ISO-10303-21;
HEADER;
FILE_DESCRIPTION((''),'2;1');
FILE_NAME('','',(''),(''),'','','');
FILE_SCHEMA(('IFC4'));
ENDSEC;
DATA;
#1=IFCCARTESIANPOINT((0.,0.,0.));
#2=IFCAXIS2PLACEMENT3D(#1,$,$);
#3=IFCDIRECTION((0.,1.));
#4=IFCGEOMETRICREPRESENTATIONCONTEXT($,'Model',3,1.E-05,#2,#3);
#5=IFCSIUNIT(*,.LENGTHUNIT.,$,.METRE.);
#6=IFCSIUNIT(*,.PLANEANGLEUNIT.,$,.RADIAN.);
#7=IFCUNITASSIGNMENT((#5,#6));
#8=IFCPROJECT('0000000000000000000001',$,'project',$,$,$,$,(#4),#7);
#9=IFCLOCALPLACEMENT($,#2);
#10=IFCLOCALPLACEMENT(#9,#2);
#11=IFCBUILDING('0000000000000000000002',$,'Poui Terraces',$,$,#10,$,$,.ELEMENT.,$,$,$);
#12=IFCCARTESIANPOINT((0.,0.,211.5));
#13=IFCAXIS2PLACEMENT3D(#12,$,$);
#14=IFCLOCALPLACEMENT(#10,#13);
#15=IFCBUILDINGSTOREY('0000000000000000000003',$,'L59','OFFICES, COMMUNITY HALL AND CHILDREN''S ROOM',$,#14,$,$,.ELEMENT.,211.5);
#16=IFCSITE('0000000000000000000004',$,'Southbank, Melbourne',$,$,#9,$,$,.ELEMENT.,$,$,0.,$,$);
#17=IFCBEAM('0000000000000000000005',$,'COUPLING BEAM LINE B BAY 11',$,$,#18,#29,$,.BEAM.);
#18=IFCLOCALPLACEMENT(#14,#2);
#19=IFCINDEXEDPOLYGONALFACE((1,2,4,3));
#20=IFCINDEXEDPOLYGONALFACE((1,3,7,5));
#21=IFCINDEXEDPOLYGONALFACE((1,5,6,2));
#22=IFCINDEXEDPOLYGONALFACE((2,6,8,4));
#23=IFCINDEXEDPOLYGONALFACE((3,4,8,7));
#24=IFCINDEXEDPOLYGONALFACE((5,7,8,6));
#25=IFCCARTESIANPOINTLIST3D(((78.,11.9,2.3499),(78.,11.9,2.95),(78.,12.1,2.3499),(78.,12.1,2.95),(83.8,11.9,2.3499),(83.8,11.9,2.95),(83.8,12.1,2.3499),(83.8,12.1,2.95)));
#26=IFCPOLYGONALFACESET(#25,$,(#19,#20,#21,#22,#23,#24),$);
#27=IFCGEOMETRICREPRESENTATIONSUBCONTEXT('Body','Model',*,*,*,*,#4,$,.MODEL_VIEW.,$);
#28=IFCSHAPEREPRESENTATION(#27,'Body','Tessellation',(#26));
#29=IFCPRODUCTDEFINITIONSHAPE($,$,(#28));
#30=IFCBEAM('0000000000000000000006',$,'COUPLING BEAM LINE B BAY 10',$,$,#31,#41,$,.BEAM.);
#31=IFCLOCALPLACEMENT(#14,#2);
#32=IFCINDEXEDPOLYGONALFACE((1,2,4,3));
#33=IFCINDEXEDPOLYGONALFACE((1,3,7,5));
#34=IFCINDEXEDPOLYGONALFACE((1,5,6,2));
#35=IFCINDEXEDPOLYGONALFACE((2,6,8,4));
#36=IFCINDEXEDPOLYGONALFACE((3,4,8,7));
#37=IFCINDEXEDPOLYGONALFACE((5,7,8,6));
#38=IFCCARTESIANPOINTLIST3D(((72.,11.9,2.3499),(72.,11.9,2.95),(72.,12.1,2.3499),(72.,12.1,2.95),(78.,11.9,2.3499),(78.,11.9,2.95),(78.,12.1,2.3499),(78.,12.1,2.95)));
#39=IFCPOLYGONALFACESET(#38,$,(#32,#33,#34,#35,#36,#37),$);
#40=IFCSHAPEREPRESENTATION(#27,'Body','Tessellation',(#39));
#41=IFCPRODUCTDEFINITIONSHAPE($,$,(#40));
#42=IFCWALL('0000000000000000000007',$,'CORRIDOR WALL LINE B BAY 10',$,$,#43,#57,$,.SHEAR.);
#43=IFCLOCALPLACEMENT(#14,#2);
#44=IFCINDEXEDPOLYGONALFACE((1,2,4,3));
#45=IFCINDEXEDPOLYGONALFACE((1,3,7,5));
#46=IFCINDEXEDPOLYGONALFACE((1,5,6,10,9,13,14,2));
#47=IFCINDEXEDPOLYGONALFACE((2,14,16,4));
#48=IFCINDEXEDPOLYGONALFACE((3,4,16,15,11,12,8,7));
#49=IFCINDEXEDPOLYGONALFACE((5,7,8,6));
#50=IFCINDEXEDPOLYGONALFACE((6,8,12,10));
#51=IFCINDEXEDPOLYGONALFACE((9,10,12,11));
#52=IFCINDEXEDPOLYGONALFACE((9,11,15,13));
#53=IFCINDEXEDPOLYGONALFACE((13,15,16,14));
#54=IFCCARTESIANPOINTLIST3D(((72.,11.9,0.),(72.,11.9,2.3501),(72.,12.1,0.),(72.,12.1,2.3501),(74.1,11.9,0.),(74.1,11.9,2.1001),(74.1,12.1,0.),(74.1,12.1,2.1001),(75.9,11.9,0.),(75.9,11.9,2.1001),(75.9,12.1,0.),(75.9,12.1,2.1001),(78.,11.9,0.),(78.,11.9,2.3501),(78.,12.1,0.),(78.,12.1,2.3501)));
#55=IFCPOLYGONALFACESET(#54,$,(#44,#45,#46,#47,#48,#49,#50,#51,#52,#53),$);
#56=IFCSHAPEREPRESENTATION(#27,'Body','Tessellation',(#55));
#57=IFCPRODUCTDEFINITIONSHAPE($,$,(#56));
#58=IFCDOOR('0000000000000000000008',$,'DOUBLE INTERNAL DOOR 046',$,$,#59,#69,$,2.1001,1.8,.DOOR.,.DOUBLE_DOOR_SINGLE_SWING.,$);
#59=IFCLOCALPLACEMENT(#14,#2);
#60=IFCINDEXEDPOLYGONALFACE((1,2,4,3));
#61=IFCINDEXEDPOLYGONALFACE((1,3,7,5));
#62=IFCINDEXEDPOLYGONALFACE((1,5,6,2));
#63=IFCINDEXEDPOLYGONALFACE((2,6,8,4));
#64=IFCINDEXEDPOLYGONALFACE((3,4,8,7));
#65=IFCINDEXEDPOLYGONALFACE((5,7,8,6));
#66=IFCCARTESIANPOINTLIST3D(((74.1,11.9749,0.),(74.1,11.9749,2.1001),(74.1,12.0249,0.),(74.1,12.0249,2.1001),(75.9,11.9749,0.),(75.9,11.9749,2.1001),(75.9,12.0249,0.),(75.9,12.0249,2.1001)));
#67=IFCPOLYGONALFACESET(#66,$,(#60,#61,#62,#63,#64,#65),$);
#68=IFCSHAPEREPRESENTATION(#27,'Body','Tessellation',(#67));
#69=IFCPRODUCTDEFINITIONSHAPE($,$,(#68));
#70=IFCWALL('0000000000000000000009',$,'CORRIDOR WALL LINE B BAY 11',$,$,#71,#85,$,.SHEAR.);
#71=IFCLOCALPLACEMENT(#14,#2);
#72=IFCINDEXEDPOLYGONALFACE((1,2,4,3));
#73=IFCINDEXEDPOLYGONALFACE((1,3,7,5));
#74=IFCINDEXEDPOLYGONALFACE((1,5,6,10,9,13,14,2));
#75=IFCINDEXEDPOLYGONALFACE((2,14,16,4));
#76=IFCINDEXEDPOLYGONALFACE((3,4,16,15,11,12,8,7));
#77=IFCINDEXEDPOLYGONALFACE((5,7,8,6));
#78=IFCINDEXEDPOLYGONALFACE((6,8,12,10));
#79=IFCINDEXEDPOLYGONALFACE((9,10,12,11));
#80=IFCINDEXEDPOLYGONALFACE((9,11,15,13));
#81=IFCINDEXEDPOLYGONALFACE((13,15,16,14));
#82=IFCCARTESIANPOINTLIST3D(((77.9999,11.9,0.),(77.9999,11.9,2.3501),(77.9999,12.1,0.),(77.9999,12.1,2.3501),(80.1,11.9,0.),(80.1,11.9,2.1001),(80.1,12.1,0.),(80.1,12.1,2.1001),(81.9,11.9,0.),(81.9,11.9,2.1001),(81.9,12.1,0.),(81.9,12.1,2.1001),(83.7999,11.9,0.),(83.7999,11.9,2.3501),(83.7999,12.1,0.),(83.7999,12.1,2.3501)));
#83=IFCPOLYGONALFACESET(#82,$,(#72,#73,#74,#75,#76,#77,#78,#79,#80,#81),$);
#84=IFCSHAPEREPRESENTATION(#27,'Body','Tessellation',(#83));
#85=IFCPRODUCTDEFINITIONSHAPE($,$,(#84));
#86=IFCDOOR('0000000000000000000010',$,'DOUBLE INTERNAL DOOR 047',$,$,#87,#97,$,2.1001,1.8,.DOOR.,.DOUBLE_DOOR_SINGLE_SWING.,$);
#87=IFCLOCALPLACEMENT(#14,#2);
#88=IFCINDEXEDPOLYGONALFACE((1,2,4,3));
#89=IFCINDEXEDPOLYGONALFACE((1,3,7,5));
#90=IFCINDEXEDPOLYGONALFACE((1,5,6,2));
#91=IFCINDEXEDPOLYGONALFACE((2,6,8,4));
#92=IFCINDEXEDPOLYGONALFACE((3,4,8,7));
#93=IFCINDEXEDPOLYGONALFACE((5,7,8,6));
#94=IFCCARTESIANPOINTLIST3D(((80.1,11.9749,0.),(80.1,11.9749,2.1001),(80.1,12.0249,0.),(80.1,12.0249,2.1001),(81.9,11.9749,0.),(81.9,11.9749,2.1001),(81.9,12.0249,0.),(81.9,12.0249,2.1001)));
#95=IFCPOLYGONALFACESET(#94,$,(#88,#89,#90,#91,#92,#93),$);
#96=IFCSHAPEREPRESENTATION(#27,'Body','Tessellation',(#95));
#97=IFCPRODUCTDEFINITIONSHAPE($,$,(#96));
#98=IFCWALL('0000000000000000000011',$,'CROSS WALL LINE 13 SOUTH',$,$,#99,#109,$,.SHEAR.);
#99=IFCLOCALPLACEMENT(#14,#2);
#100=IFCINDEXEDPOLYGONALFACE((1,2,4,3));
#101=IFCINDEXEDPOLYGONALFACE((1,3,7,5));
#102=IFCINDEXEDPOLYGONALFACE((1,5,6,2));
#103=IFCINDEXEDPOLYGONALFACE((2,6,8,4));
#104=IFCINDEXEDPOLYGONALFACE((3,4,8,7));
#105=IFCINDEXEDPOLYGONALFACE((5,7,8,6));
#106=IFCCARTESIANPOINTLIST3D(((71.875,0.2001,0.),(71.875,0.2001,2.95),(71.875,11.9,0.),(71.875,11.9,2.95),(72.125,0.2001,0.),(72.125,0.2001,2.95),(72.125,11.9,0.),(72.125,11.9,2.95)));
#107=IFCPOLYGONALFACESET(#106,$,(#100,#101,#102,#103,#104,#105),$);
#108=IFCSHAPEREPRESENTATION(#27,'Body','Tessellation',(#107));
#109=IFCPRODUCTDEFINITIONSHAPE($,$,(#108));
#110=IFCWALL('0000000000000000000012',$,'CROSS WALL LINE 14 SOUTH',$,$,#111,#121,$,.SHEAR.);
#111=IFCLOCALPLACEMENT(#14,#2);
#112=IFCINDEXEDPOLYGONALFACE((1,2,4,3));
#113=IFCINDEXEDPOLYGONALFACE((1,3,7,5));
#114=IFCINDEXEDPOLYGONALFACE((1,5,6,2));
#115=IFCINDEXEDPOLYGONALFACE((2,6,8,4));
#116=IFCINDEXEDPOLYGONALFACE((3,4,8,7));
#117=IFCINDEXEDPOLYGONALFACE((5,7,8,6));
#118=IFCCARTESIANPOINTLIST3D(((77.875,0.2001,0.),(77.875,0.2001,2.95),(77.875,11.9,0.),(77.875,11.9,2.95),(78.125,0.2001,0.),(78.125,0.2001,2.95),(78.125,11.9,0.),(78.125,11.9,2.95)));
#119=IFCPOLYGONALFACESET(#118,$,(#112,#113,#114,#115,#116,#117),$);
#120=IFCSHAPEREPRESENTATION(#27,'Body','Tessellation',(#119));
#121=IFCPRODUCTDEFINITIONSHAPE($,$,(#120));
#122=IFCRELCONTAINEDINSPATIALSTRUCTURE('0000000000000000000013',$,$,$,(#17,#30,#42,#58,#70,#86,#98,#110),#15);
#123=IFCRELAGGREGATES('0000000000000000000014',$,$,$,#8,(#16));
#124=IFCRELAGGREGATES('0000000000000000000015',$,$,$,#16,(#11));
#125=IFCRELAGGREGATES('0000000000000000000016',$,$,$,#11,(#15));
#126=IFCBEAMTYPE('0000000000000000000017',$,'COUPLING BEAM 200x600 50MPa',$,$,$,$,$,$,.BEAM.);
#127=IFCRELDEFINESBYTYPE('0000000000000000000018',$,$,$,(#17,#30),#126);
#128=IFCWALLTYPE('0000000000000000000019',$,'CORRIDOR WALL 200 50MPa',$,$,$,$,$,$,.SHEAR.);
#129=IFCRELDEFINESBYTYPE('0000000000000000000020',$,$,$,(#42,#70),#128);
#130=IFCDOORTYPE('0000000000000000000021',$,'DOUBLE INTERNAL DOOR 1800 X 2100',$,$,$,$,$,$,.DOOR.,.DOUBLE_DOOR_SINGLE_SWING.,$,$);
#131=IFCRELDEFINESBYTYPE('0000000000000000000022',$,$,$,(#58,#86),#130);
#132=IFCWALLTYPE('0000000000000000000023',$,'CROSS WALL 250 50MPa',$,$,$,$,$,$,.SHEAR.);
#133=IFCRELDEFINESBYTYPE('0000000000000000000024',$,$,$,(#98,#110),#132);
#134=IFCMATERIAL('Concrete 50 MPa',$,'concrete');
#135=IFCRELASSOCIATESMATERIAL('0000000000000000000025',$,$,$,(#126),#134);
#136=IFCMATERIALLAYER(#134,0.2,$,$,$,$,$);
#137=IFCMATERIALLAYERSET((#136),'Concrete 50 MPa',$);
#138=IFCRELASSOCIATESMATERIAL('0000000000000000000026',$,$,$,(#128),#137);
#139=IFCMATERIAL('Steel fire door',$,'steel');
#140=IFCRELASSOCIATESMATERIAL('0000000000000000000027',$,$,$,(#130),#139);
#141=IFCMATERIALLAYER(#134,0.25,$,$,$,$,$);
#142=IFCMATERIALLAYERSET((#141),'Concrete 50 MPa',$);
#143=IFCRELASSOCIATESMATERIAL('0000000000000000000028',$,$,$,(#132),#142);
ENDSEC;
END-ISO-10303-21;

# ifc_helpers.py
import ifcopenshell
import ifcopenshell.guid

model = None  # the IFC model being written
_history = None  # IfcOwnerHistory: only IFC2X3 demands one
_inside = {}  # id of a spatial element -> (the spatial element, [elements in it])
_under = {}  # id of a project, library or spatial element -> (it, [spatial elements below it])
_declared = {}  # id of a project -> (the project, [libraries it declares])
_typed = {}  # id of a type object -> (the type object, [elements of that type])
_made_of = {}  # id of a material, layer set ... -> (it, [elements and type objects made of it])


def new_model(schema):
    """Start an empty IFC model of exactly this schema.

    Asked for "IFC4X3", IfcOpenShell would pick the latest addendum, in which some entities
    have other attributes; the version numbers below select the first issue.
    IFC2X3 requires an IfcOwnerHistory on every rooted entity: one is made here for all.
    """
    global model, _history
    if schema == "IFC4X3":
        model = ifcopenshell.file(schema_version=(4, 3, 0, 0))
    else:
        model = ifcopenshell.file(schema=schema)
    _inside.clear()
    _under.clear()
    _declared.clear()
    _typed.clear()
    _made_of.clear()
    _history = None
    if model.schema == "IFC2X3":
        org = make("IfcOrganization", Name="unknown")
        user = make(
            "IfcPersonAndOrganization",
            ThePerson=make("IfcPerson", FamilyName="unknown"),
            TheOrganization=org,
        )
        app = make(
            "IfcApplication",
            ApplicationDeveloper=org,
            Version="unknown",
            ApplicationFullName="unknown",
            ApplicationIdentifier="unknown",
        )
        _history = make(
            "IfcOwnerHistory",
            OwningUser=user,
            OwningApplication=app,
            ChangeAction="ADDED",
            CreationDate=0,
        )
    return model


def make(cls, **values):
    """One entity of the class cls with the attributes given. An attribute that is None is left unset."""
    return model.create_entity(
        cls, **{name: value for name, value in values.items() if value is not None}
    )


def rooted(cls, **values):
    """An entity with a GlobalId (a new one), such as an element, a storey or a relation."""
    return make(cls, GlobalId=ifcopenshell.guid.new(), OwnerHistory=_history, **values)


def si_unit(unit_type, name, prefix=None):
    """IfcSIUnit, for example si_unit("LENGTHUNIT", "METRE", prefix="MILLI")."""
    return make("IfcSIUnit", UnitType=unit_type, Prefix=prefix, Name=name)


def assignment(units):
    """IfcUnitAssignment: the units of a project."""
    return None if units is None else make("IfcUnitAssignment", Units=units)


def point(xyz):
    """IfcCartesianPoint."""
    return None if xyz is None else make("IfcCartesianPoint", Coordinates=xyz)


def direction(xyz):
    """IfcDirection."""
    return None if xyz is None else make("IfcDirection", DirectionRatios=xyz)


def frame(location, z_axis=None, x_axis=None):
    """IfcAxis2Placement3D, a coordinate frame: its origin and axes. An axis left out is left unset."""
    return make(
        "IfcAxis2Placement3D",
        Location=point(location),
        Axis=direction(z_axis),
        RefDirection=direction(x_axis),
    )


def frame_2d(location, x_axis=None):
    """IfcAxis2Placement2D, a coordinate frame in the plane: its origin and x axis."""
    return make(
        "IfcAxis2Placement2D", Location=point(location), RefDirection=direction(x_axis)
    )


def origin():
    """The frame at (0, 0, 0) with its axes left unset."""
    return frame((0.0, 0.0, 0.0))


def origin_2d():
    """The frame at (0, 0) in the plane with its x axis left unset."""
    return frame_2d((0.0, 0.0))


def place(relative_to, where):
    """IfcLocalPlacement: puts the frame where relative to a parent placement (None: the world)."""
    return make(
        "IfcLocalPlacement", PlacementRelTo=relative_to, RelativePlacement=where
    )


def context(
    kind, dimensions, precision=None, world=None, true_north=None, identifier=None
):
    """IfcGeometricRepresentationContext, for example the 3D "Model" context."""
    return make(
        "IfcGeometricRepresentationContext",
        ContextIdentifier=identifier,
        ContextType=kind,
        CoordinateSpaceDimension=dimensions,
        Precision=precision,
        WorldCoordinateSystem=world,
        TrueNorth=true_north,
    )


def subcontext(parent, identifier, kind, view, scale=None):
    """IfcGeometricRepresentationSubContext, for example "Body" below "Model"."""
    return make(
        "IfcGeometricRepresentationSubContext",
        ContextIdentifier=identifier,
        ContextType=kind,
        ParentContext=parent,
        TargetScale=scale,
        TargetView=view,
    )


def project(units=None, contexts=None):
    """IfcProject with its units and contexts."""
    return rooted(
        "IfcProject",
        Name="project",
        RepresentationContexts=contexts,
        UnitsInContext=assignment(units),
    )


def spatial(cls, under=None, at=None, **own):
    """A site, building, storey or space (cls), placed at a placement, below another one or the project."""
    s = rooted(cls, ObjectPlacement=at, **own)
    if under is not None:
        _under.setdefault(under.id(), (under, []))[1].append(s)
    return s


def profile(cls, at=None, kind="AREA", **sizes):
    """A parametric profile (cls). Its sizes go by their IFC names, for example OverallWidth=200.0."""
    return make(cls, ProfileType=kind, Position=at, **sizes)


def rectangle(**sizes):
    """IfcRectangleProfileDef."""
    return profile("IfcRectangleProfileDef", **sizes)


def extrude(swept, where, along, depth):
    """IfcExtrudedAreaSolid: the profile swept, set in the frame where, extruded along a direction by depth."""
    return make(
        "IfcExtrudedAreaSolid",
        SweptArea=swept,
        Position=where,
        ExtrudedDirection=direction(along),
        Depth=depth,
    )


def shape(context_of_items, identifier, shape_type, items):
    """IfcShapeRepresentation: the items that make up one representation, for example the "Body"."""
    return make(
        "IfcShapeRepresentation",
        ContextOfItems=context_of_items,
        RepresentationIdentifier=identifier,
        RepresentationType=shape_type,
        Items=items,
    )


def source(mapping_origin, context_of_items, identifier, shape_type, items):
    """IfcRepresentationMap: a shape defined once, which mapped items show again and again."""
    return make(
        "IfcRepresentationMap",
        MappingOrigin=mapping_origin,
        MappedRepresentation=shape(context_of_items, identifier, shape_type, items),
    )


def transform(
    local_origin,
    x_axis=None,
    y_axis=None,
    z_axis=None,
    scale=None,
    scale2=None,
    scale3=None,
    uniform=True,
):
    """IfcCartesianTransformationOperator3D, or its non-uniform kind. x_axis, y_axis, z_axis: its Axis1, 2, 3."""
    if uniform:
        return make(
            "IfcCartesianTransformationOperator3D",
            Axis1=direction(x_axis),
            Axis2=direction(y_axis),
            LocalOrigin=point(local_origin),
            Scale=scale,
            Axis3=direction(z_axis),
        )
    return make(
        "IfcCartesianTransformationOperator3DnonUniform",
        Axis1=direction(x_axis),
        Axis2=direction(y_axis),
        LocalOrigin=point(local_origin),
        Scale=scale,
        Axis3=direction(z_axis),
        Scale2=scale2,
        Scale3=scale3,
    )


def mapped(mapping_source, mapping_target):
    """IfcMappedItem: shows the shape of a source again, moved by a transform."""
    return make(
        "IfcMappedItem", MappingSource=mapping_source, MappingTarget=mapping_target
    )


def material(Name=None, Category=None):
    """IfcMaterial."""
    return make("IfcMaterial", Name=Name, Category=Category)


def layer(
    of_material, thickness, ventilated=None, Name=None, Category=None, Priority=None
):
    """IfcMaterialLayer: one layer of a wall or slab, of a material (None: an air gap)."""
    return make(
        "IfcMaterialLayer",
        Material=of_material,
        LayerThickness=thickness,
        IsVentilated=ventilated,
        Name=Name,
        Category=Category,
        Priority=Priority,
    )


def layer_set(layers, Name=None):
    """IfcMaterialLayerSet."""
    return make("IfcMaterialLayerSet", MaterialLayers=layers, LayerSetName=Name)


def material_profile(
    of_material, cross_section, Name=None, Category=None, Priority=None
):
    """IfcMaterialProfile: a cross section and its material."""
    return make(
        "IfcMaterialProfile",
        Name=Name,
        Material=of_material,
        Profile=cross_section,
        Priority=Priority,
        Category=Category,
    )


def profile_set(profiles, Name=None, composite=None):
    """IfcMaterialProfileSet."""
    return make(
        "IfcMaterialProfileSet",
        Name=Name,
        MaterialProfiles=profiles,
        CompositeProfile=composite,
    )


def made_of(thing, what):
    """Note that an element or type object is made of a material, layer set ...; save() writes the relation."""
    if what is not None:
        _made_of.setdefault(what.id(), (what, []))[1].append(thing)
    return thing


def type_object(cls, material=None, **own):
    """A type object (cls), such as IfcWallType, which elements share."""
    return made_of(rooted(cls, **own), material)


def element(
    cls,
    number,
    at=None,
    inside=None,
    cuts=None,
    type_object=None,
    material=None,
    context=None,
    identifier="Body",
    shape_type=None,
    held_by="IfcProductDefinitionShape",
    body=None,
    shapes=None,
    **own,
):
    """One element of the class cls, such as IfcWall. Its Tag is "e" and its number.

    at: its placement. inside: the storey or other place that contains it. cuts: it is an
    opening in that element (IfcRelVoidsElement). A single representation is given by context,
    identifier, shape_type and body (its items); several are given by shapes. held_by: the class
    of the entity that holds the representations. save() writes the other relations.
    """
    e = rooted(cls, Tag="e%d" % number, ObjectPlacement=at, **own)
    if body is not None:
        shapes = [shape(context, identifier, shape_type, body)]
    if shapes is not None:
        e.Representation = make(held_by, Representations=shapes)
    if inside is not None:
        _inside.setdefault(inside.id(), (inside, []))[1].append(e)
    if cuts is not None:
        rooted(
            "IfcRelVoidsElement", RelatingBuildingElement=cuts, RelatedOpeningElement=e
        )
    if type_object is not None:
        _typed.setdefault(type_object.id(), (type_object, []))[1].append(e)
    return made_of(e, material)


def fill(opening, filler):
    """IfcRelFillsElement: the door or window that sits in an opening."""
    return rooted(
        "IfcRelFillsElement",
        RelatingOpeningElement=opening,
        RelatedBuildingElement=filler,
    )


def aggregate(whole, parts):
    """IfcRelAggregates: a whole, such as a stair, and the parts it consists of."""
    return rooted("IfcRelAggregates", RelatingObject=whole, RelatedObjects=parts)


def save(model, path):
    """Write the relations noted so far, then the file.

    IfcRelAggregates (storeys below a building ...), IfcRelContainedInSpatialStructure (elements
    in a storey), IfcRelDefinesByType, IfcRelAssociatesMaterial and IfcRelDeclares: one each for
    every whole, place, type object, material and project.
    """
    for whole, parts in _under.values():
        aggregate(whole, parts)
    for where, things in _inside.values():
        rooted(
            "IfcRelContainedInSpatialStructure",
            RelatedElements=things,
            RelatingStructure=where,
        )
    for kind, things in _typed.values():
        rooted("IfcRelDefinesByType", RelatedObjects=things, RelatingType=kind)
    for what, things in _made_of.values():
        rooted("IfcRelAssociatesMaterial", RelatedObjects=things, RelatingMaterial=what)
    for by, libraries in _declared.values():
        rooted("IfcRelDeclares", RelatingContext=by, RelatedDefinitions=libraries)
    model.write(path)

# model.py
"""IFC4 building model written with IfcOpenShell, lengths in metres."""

from ifc_helpers import new_model, si_unit, direction, frame, frame_2d, origin, origin_2d, place, context, subcontext, project, spatial, rectangle, extrude, source, transform, mapped, material, layer, layer_set, material_profile, profile_set, type_object, element, fill, save


model = new_model("IFC4")

# Units and contexts
model_context = context("Model", 3, precision=1e-05, world=origin(), true_north=direction((0.0, 1.0)))
body_context = subcontext(model_context, "Body", "Model", "MODEL_VIEW")
ifc_project = project(units=[si_unit("LENGTHUNIT", "METRE"), si_unit("PLANEANGLEUNIT", "RADIAN")], contexts=[model_context])

# Site, building, storey
site_placement = place(None, origin())
site = spatial("IfcSite", under=ifc_project, at=site_placement, Name="Southbank, Melbourne", CompositionType="ELEMENT", RefElevation=0.0)
building_placement = place(site_placement, origin())
building = spatial("IfcBuilding", under=site, at=building_placement, Name="Poui Terraces", CompositionType="ELEMENT")
storey_placement = place(building_placement, frame((0.0, 0.0, 211.5)))
storey = spatial("IfcBuildingStorey", under=building, at=storey_placement, Name="L59", Description="OFFICES, COMMUNITY HALL AND CHILDREN'S ROOM", CompositionType="ELEMENT", Elevation=211.5)

# Beams
ifc_material_1 = material(Name="Concrete 50 MPa", Category="concrete")
ifc_material_profile = material_profile(ifc_material_1, rectangle(XDim=0.2, YDim=0.6001, at=origin_2d()), Name="RC 200x600")
ifc_profile_set = profile_set([ifc_material_profile], Name="Concrete 50 MPa")
beam_type = type_object("IfcBeamType", Name="COUPLING BEAM 200x600 50MPa", PredefinedType="BEAM", material=ifc_profile_set)
shared_shape_1 = source(origin(), body_context, "Body", "SweptSolid", [
    extrude(rectangle(XDim=0.2, YDim=0.6001, at=origin_2d()), origin(), (0.0, 0.0, 1.0), 5.8),
])
beam_1_placement = place(storey_placement, frame((78.0, 12.0, 2.6499), z_axis=(1.0, 0.0, 0.0), x_axis=(0.0, 1.0, 0.0)))
element("IfcBeam", 1, at=beam_1_placement, inside=storey, type_object=beam_type, Name="COUPLING BEAM LINE B BAY 11", PredefinedType="BEAM", context=body_context, shape_type="MappedRepresentation", body=[
    mapped(shared_shape_1, transform((0.0, 0.0, 0.0))),
])
shared_shape_2 = source(origin(), body_context, "Body", "SweptSolid", [
    extrude(rectangle(XDim=0.2, YDim=0.6001, at=origin_2d()), origin(), (0.0, 0.0, 1.0), 6.0),
])
beam_2_placement = place(storey_placement, frame((72.0, 12.0, 2.6499), z_axis=(1.0, 0.0, 0.0), x_axis=(0.0, 1.0, 0.0)))
element("IfcBeam", 2, at=beam_2_placement, inside=storey, type_object=beam_type, Name="COUPLING BEAM LINE B BAY 10", PredefinedType="BEAM", context=body_context, shape_type="MappedRepresentation", body=[
    mapped(shared_shape_2, transform((0.0, 0.0, 0.0))),
])

# Walls, openings, doors
ifc_layer_1 = layer(ifc_material_1, 0.2)
ifc_layer_set_1 = layer_set([ifc_layer_1], Name="Concrete 50 MPa")
wall_type_1 = type_object("IfcWallType", Name="CORRIDOR WALL 200 50MPa", PredefinedType="SHEAR", material=ifc_layer_set_1)
wall_1_placement = place(storey_placement, frame((72.0, 12.0, 0.0), z_axis=(0.0, 0.0, 1.0), x_axis=(1.0, 0.0, 0.0)))
wall_1 = element("IfcWall", 3, at=wall_1_placement, inside=storey, type_object=wall_type_1, Name="CORRIDOR WALL LINE B BAY 10", PredefinedType="SHEAR", context=body_context, shape_type="SweptSolid", body=[
    extrude(rectangle(XDim=6.0, YDim=0.2, at=frame_2d((3.0, 0.0))), origin(), (0.0, 0.0, 1.0), 2.3501),
])
opening_1_placement = place(wall_1_placement, frame((2.1001, 0.0, 0.0)))
opening_1 = element("IfcOpeningElement", 4, at=opening_1_placement, cuts=wall_1, PredefinedType="OPENING", context=body_context, shape_type="SweptSolid", body=[
    extrude(rectangle(XDim=1.8, YDim=2.1001, at=frame_2d((0.8999, 1.05))), frame((0.0, 0.1099, 0.0), z_axis=(0.0, -1.0, 0.0), x_axis=(1.0, 0.0, 0.0)), (0.0, 0.0, 1.0), 0.22),
])
ifc_material_2 = material(Name="Steel fire door", Category="steel")
door_type_1 = type_object("IfcDoorType", Name="DOUBLE INTERNAL DOOR 1800 X 2100", OperationType="DOUBLE_DOOR_SINGLE_SWING", PredefinedType="DOOR", material=ifc_material_2)
door_1_placement = place(opening_1_placement, origin())
door_1 = element("IfcDoor", 5, at=door_1_placement, inside=storey, type_object=door_type_1, Name="DOUBLE INTERNAL DOOR 046", OperationType="DOUBLE_DOOR_SINGLE_SWING", OverallHeight=2.1001, OverallWidth=1.8, PredefinedType="DOOR", context=body_context, shape_type="SweptSolid", body=[
    extrude(rectangle(XDim=1.8, YDim=2.1001, at=frame_2d((0.8999, 1.05))), frame((0.0, 0.0249, 0.0), z_axis=(0.0, -1.0, 0.0), x_axis=(1.0, 0.0, 0.0)), (0.0, 0.0, 1.0), 0.05),
])
fill(opening_1, door_1)
wall_2_placement = place(storey_placement, frame((78.0, 12.0, 0.0), z_axis=(0.0, 0.0, 1.0), x_axis=(1.0, 0.0, 0.0)))
wall_2 = element("IfcWall", 6, at=wall_2_placement, inside=storey, type_object=wall_type_1, Name="CORRIDOR WALL LINE B BAY 11", PredefinedType="SHEAR", context=body_context, shape_type="SweptSolid", body=[
    extrude(rectangle(XDim=5.8, YDim=0.2, at=frame_2d((2.8999, 0.0))), origin(), (0.0, 0.0, 1.0), 2.3501),
])
opening_2_placement = place(wall_2_placement, frame((2.1001, 0.0, 0.0)))
opening_2 = element("IfcOpeningElement", 7, at=opening_2_placement, cuts=wall_2, PredefinedType="OPENING", context=body_context, shape_type="SweptSolid", body=[
    extrude(rectangle(XDim=1.8, YDim=2.1001, at=frame_2d((0.8999, 1.05))), frame((0.0, 0.1099, 0.0), z_axis=(0.0, -1.0, 0.0), x_axis=(1.0, 0.0, 0.0)), (0.0, 0.0, 1.0), 0.22),
])
door_2_placement = place(opening_2_placement, origin())
door_2 = element("IfcDoor", 8, at=door_2_placement, inside=storey, type_object=door_type_1, Name="DOUBLE INTERNAL DOOR 047", OperationType="DOUBLE_DOOR_SINGLE_SWING", OverallHeight=2.1001, OverallWidth=1.8, PredefinedType="DOOR", context=body_context, shape_type="SweptSolid", body=[
    extrude(rectangle(XDim=1.8, YDim=2.1001, at=frame_2d((0.8999, 1.05))), frame((0.0, 0.0249, 0.0), z_axis=(0.0, -1.0, 0.0), x_axis=(1.0, 0.0, 0.0)), (0.0, 0.0, 1.0), 0.05),
])
fill(opening_2, door_2)

# Walls
ifc_layer_2 = layer(ifc_material_1, 0.25)
ifc_layer_set_2 = layer_set([ifc_layer_2], Name="Concrete 50 MPa")
wall_type_2 = type_object("IfcWallType", Name="CROSS WALL 250 50MPa", PredefinedType="SHEAR", material=ifc_layer_set_2)
for number, where, z_axis, x_axis, name in (
    (9, (72.0, 0.2, 0.0), (0.0, 0.0, 1.0), (0.0, 1.0, 0.0), "CROSS WALL LINE 13 SOUTH"),
    (10, (78.0, 0.2, 0.0), (0.0, 0.0, 1.0), (0.0, 1.0, 0.0), "CROSS WALL LINE 14 SOUTH"),
):
    element("IfcWall", number, at=place(storey_placement, frame(where, z_axis=z_axis, x_axis=x_axis)), inside=storey, type_object=wall_type_2, Name=name, PredefinedType="SHEAR", context=body_context, shape_type="SweptSolid", body=[
        extrude(rectangle(XDim=11.7, YDim=0.25, at=frame_2d((5.8501, 0.0))), origin(), (0.0, 0.0, 1.0), 2.95),
    ])

save(model, "model.ifc")
